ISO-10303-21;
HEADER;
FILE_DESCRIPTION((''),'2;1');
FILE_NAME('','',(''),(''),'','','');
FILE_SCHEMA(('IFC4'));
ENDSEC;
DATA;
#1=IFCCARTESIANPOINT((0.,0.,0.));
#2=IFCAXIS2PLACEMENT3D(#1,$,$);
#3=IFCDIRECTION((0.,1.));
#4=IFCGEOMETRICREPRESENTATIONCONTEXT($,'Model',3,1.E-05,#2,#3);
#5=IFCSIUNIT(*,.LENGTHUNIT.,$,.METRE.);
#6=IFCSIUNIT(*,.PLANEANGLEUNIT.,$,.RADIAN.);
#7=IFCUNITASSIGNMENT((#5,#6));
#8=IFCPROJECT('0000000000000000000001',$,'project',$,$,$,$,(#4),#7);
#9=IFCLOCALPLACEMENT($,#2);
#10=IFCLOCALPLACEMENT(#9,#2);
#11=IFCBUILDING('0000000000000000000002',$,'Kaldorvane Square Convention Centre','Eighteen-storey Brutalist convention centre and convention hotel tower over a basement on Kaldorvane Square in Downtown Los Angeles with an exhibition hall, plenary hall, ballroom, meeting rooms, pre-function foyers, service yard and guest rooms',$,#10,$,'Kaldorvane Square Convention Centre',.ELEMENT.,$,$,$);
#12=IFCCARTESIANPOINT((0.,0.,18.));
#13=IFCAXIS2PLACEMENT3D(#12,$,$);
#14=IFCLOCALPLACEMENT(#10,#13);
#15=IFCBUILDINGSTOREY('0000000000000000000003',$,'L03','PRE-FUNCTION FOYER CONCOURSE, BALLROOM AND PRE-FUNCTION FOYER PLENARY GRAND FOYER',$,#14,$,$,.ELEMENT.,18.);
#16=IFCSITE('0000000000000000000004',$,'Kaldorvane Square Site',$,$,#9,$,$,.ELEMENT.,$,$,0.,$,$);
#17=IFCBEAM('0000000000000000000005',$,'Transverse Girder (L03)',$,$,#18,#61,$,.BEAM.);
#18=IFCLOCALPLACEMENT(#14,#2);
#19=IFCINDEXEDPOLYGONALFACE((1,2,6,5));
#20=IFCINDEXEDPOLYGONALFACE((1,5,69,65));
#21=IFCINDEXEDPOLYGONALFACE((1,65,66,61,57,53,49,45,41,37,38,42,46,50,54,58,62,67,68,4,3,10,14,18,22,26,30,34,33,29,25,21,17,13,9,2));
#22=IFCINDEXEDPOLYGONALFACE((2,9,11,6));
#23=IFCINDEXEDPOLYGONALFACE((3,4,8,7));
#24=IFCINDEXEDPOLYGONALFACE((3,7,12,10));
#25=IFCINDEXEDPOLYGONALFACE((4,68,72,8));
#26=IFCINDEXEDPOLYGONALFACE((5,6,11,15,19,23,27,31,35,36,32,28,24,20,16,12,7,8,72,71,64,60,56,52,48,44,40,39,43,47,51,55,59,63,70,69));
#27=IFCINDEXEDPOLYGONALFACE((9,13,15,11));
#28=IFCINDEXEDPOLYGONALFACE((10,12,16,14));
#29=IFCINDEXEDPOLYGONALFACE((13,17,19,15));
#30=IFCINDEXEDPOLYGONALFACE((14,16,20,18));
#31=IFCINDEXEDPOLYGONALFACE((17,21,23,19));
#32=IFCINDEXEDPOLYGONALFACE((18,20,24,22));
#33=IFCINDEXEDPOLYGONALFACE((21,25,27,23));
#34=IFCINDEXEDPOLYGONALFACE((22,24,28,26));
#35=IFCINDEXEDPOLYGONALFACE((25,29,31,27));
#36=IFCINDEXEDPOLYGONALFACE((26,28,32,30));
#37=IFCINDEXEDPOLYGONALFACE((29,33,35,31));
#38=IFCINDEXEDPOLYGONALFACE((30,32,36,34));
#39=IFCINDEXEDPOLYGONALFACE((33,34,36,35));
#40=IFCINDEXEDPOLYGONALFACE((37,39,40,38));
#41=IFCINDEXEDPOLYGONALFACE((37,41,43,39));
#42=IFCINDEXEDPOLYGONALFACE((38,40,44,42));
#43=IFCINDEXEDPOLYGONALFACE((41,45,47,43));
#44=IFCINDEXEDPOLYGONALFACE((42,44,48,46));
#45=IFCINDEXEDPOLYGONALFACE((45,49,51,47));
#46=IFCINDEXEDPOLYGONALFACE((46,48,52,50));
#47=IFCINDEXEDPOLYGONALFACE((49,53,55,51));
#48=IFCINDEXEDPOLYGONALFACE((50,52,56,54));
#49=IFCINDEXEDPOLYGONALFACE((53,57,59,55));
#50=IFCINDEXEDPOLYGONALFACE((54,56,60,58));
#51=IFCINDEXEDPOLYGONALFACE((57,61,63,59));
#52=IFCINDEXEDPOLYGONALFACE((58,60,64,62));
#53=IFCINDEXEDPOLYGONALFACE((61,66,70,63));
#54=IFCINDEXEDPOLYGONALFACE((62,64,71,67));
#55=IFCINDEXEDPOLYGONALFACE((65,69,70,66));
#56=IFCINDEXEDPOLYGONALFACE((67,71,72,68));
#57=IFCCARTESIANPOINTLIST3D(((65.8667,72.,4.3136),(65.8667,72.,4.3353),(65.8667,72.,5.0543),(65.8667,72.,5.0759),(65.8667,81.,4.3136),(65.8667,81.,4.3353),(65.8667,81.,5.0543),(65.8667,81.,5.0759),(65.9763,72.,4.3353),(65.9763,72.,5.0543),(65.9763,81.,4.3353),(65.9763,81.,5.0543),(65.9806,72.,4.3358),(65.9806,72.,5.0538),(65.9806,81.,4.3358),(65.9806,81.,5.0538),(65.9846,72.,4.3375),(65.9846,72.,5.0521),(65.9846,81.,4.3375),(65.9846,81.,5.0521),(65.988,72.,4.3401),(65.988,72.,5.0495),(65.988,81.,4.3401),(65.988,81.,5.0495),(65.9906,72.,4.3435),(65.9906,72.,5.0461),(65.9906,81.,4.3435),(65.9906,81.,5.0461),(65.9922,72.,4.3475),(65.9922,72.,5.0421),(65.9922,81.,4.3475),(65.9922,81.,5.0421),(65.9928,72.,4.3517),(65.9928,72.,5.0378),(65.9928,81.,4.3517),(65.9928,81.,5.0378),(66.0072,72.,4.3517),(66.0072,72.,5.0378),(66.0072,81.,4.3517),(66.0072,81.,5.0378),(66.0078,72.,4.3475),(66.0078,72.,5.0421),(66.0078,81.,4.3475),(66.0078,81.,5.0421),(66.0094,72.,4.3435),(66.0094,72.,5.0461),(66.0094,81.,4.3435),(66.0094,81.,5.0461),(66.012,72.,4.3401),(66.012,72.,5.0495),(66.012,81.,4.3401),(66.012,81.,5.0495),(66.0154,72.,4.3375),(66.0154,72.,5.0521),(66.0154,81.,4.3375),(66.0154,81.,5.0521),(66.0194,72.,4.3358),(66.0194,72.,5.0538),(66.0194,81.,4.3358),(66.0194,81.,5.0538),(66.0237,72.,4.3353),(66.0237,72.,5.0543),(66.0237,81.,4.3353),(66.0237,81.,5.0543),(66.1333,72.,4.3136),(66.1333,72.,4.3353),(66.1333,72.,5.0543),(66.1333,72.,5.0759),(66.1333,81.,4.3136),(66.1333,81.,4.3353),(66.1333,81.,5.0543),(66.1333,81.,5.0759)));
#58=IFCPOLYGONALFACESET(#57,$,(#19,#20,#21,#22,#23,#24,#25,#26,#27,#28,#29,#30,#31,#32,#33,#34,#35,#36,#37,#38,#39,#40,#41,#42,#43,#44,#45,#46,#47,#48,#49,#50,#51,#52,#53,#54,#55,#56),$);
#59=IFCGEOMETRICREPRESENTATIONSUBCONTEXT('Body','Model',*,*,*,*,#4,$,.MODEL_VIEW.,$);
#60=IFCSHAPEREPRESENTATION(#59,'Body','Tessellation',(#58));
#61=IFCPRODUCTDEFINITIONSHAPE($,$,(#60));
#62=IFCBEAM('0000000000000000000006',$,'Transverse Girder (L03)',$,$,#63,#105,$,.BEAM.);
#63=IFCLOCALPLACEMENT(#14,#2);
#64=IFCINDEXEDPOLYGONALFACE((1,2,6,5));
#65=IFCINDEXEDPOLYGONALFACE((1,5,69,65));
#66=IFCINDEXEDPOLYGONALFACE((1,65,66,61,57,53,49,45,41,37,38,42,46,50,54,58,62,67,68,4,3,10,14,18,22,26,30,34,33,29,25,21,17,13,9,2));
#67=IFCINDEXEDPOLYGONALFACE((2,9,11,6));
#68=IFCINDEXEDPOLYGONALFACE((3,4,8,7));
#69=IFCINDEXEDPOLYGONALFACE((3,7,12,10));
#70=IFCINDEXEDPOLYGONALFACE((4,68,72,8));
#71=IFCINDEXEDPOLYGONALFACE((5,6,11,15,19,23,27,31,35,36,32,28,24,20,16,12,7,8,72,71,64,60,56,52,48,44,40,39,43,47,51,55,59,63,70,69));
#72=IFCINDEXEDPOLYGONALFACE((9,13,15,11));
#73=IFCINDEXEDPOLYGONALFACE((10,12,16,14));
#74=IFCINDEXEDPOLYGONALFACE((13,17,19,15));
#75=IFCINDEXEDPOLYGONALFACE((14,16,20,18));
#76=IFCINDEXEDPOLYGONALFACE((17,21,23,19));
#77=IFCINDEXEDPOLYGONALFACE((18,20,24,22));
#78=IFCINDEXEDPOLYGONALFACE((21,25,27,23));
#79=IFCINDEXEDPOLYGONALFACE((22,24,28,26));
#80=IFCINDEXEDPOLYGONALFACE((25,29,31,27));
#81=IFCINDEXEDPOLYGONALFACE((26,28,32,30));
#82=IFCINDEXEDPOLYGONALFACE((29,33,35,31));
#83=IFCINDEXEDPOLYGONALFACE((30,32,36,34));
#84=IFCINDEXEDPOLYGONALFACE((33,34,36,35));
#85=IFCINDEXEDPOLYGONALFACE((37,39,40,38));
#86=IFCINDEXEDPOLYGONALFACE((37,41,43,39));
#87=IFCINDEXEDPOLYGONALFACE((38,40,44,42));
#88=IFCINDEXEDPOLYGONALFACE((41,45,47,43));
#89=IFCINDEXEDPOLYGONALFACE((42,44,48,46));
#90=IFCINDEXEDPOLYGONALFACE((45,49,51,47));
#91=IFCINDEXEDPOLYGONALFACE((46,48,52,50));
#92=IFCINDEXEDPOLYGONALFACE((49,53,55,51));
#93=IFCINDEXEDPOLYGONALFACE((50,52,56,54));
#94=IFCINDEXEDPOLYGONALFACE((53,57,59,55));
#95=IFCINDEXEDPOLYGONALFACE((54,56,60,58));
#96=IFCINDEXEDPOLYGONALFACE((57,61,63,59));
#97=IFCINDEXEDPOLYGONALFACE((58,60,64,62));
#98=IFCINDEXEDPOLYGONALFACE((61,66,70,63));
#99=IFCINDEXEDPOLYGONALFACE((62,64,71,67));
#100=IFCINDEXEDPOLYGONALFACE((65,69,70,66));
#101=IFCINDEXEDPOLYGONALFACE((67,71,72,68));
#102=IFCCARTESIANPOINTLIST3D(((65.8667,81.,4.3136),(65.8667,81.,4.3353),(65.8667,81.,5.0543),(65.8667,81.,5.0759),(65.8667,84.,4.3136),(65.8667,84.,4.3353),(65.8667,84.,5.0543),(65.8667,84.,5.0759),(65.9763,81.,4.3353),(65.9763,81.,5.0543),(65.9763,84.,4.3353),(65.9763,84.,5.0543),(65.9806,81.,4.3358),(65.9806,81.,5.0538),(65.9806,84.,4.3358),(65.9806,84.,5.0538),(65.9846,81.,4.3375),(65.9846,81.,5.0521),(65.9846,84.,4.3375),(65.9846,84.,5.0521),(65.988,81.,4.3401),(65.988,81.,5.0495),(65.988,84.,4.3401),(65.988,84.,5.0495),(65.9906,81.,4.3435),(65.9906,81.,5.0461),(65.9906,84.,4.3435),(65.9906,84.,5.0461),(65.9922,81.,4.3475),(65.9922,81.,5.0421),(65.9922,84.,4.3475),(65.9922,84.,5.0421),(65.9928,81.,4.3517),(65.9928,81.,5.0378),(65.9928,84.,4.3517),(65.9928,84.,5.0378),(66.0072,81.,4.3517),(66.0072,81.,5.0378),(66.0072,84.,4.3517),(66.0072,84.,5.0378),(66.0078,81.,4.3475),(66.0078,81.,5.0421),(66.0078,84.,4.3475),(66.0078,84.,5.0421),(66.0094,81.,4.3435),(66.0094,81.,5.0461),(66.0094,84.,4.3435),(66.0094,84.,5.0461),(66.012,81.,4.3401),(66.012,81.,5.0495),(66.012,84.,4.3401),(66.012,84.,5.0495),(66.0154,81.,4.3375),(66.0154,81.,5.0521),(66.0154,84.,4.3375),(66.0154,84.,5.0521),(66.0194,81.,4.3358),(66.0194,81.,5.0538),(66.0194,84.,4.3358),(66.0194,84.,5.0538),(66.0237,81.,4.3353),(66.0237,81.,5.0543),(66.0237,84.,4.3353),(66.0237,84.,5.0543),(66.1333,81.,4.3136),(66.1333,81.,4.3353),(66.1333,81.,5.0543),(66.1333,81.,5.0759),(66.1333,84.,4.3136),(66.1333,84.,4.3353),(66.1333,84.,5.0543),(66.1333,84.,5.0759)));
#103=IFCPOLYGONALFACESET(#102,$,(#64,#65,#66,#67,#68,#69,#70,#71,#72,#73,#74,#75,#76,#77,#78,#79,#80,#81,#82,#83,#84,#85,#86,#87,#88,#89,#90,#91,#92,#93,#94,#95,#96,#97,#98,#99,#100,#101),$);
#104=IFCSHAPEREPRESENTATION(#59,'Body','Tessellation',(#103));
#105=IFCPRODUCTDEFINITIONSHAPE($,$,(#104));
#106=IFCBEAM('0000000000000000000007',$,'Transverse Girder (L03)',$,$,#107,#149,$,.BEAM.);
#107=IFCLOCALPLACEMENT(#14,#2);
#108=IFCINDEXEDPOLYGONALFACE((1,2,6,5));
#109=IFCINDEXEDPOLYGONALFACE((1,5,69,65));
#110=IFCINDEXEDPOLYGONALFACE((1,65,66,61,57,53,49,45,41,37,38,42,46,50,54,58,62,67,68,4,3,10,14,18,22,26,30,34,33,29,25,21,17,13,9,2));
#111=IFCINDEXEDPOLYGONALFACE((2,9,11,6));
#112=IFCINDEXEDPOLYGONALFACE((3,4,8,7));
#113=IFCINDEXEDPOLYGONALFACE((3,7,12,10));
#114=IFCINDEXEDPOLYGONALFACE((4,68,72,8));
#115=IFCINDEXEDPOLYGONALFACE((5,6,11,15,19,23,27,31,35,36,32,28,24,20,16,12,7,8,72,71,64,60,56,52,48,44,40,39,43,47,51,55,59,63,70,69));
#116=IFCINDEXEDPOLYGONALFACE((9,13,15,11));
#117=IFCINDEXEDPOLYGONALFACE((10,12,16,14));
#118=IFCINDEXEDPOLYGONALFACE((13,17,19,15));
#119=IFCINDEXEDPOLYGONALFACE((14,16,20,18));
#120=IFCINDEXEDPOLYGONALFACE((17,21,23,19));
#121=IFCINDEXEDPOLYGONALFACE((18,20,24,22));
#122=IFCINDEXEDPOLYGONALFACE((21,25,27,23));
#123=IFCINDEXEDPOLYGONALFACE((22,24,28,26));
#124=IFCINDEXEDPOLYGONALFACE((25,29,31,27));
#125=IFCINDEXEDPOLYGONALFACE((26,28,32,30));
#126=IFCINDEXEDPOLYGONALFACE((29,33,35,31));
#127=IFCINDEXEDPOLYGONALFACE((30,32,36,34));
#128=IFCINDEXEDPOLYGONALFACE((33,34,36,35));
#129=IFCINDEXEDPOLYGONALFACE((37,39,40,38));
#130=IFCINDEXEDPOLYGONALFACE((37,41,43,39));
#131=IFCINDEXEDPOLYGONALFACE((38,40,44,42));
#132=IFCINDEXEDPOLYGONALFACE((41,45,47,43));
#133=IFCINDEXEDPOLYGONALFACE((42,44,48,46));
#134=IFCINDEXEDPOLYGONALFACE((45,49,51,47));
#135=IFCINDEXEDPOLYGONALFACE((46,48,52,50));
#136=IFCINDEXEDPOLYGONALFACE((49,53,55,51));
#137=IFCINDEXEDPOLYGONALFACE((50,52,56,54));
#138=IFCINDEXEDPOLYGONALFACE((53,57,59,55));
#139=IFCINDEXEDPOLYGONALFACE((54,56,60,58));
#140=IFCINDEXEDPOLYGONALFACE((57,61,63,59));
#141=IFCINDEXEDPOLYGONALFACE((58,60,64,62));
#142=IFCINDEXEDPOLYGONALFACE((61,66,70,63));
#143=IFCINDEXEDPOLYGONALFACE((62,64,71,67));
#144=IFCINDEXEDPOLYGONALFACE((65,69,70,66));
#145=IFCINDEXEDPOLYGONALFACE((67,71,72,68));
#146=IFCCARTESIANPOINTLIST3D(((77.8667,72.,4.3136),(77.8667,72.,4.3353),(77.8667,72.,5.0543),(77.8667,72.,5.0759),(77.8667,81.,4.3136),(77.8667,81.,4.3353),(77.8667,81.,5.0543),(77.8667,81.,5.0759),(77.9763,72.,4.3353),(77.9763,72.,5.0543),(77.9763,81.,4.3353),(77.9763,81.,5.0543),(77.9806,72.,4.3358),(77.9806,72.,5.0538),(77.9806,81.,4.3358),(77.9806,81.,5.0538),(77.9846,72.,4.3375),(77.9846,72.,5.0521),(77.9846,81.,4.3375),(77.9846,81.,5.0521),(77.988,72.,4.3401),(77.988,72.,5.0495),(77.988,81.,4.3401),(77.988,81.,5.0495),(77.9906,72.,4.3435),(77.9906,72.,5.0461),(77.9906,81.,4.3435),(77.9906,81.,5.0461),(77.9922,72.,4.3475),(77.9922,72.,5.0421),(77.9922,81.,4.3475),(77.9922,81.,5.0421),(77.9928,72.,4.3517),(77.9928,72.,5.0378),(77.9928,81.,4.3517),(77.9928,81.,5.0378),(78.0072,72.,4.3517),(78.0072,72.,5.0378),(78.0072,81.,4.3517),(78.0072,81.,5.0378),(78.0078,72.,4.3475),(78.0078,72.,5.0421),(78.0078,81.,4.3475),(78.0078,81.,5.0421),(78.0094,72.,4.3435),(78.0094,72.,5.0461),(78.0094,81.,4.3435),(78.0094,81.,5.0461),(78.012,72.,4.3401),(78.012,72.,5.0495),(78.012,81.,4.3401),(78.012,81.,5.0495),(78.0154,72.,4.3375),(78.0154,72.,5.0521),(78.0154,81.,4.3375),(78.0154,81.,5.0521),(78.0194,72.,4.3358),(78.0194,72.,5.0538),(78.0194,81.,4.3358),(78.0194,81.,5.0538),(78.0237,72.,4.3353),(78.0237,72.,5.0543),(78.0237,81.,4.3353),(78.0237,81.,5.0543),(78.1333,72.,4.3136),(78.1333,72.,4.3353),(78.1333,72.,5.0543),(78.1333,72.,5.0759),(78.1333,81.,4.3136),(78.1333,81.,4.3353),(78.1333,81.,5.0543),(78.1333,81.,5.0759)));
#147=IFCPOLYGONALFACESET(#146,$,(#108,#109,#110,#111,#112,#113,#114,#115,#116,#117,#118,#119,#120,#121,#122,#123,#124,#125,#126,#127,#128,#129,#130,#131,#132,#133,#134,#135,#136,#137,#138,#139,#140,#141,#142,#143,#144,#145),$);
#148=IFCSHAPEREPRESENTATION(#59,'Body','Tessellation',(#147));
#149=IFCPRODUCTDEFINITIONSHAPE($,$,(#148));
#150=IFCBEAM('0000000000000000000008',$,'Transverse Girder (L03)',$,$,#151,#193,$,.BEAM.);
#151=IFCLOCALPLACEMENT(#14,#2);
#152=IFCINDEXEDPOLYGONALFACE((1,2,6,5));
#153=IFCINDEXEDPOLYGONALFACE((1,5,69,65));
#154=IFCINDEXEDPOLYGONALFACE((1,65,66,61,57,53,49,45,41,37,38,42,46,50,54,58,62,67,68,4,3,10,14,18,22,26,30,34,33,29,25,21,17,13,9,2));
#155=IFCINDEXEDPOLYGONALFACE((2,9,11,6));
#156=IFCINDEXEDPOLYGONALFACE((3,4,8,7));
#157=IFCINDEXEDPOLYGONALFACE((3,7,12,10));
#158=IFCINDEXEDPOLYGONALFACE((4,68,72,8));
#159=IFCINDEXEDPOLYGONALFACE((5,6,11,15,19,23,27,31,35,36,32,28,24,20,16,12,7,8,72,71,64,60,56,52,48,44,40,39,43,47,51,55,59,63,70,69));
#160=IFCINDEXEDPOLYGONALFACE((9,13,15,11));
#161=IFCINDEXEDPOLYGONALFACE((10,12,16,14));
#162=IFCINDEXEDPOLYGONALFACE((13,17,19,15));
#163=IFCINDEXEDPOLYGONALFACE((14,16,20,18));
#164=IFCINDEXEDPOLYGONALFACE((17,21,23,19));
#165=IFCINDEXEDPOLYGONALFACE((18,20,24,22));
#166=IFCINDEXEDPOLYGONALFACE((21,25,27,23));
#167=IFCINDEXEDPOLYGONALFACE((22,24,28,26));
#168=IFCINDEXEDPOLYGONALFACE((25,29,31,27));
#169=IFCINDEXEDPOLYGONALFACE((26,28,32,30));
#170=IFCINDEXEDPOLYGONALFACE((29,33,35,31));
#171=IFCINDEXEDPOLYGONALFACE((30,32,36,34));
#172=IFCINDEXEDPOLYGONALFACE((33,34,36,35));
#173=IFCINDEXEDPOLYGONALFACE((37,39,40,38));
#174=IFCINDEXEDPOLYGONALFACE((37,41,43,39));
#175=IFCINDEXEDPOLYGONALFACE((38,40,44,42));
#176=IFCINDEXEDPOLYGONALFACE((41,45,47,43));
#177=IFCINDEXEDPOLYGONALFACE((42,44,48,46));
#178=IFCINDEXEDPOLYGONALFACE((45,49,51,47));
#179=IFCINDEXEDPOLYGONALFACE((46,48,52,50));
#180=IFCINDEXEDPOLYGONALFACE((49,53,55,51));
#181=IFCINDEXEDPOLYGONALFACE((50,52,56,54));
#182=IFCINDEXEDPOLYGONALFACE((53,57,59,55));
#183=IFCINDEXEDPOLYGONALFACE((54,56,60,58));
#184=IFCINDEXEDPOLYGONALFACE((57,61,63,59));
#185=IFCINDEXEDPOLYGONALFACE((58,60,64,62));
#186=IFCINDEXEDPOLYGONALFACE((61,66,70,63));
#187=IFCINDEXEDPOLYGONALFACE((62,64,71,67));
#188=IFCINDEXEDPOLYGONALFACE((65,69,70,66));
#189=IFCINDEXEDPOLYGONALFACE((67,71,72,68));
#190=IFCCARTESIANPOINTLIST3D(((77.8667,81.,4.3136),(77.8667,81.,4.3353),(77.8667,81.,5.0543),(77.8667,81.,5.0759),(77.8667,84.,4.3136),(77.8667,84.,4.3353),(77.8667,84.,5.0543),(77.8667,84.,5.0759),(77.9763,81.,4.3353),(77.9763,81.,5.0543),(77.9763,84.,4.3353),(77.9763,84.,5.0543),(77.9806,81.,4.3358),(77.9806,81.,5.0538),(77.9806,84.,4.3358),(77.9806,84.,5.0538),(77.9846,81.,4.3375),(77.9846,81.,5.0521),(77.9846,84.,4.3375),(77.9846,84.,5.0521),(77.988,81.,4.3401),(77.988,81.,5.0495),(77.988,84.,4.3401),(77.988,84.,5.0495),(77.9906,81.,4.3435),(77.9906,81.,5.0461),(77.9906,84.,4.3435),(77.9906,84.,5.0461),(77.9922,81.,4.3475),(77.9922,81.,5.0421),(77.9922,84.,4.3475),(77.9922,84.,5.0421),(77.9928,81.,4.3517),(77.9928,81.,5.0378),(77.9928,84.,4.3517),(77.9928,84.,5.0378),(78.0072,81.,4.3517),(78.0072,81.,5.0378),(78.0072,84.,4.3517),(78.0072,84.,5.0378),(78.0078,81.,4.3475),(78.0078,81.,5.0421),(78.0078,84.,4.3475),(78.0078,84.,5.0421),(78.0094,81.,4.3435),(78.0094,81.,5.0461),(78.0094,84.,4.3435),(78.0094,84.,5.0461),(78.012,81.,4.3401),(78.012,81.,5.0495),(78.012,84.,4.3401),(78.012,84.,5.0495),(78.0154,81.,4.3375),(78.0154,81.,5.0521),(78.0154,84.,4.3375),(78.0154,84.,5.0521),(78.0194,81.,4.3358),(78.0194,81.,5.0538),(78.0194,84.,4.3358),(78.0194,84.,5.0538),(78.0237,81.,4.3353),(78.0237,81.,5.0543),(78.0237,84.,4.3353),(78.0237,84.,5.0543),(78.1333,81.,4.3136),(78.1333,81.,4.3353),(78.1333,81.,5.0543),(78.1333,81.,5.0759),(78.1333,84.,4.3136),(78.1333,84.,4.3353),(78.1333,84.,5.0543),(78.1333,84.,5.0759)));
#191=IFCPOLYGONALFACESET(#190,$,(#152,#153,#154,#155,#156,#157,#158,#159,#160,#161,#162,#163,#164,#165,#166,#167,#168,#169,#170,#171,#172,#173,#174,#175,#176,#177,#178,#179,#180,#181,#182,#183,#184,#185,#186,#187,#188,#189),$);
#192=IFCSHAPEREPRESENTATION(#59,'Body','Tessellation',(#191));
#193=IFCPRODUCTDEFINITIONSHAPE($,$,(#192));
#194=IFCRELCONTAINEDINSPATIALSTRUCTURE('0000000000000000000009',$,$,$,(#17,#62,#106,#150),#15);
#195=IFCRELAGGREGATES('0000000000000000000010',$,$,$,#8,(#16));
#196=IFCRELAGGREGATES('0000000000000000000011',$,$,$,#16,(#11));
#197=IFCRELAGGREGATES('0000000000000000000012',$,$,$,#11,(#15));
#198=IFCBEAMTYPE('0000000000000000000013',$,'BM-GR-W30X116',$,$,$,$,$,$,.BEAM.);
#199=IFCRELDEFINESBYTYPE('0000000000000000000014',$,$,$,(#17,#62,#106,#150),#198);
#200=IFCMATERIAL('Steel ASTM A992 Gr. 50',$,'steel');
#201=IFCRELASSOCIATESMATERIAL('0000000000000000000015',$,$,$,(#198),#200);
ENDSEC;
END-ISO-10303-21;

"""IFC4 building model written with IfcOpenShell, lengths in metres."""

from ifc_helpers import new_model, si_unit, direction, frame, origin, origin_2d, place, context, subcontext, project, spatial, i_section, extrude, material, material_profile, profile_set, type_object, element, save


model = new_model("IFC4")

# Units and contexts
model_context = context("Model", 3, precision=1e-05, world=origin(), true_north=direction((0.0, 1.0)))
body_context = subcontext(model_context, "Body", "Model", "MODEL_VIEW")
ifc_project = project(units=[si_unit("LENGTHUNIT", "METRE"), si_unit("PLANEANGLEUNIT", "RADIAN")], contexts=[model_context])

# Site, building, storey
site_placement = place(None, origin())
site = spatial("IfcSite", under=ifc_project, at=site_placement, Name="Kaldorvane Square Site", CompositionType="ELEMENT", RefElevation=0.0)
building_placement = place(site_placement, origin())
building = spatial("IfcBuilding", under=site, at=building_placement, Name="Kaldorvane Square Convention Centre", Description="Eighteen-storey Brutalist convention centre and convention hotel tower over a basement on Kaldorvane Square in Downtown Los Angeles with an exhibition hall, plenary hall, ballroom, meeting rooms, pre-function foyers, service yard and guest rooms", LongName="Kaldorvane Square Convention Centre", CompositionType="ELEMENT")
storey_placement = place(building_placement, frame((0.0, 0.0, 18.0)))
storey = spatial("IfcBuildingStorey", under=building, at=storey_placement, Name="L03", Description="PRE-FUNCTION FOYER CONCOURSE, BALLROOM AND PRE-FUNCTION FOYER PLENARY GRAND FOYER", CompositionType="ELEMENT", Elevation=18.0)

# Shared definitions
ifc_material_1 = material(Name="Steel ASTM A992 Gr. 50", Category="steel")

# Beams
ifc_material_profile_1 = material_profile(ifc_material_1, i_section(OverallWidth=0.2666, OverallDepth=0.7623, WebThickness=0.0144, FlangeThickness=0.0216, FilletRadius=0.0165, at=origin_2d()), Name="W30X116")
ifc_profile_set_1 = profile_set([ifc_material_profile_1], Name="Steel ASTM A992 Gr. 50")
beam_type_1 = type_object("IfcBeamType", Name="BM-GR-W30X116", PredefinedType="BEAM", material=ifc_profile_set_1)
beam_1_placement = place(storey_placement, frame((66.0, 72.0, 4.6948), z_axis=(0.0, 1.0, 0.0), x_axis=(-1.0, 0.0, 0.0)))
element("IfcBeam", 1, at=beam_1_placement, inside=storey, type_object=beam_type_1, Name="Transverse Girder (L03)", PredefinedType="BEAM", context=body_context, shape_type="SweptSolid", body=[
    extrude(i_section(OverallWidth=0.2666, OverallDepth=0.7623, WebThickness=0.0144, FlangeThickness=0.0216, FilletRadius=0.0165, at=origin_2d()), origin(), (0.0, 0.0, 1.0), 9.0),
])
beam_2_placement = place(storey_placement, frame((66.0, 81.0, 4.6948), z_axis=(0.0, 1.0, 0.0), x_axis=(-1.0, 0.0, 0.0)))
element("IfcBeam", 2, at=beam_2_placement, inside=storey, type_object=beam_type_1, Name="Transverse Girder (L03)", PredefinedType="BEAM", context=body_context, shape_type="SweptSolid", body=[
    extrude(i_section(OverallWidth=0.2666, OverallDepth=0.7623, WebThickness=0.0144, FlangeThickness=0.0216, FilletRadius=0.0165, at=origin_2d()), origin(), (0.0, 0.0, 1.0), 3.0),
])
beam_3_placement = place(storey_placement, frame((78.0, 72.0, 4.6948), z_axis=(0.0, 1.0, 0.0), x_axis=(-1.0, 0.0, 0.0)))
element("IfcBeam", 3, at=beam_3_placement, inside=storey, type_object=beam_type_1, Name="Transverse Girder (L03)", PredefinedType="BEAM", context=body_context, shape_type="SweptSolid", body=[
    extrude(i_section(OverallWidth=0.2666, OverallDepth=0.7623, WebThickness=0.0144, FlangeThickness=0.0216, FilletRadius=0.0165, at=origin_2d()), origin(), (0.0, 0.0, 1.0), 9.0),
])
beam_4_placement = place(storey_placement, frame((78.0, 81.0, 4.6948), z_axis=(0.0, 1.0, 0.0), x_axis=(-1.0, 0.0, 0.0)))
element("IfcBeam", 4, at=beam_4_placement, inside=storey, type_object=beam_type_1, Name="Transverse Girder (L03)", PredefinedType="BEAM", context=body_context, shape_type="SweptSolid", body=[
    extrude(i_section(OverallWidth=0.2666, OverallDepth=0.7623, WebThickness=0.0144, FlangeThickness=0.0216, FilletRadius=0.0165, at=origin_2d()), origin(), (0.0, 0.0, 1.0), 3.0),
])

save(model, "model.ifc")
